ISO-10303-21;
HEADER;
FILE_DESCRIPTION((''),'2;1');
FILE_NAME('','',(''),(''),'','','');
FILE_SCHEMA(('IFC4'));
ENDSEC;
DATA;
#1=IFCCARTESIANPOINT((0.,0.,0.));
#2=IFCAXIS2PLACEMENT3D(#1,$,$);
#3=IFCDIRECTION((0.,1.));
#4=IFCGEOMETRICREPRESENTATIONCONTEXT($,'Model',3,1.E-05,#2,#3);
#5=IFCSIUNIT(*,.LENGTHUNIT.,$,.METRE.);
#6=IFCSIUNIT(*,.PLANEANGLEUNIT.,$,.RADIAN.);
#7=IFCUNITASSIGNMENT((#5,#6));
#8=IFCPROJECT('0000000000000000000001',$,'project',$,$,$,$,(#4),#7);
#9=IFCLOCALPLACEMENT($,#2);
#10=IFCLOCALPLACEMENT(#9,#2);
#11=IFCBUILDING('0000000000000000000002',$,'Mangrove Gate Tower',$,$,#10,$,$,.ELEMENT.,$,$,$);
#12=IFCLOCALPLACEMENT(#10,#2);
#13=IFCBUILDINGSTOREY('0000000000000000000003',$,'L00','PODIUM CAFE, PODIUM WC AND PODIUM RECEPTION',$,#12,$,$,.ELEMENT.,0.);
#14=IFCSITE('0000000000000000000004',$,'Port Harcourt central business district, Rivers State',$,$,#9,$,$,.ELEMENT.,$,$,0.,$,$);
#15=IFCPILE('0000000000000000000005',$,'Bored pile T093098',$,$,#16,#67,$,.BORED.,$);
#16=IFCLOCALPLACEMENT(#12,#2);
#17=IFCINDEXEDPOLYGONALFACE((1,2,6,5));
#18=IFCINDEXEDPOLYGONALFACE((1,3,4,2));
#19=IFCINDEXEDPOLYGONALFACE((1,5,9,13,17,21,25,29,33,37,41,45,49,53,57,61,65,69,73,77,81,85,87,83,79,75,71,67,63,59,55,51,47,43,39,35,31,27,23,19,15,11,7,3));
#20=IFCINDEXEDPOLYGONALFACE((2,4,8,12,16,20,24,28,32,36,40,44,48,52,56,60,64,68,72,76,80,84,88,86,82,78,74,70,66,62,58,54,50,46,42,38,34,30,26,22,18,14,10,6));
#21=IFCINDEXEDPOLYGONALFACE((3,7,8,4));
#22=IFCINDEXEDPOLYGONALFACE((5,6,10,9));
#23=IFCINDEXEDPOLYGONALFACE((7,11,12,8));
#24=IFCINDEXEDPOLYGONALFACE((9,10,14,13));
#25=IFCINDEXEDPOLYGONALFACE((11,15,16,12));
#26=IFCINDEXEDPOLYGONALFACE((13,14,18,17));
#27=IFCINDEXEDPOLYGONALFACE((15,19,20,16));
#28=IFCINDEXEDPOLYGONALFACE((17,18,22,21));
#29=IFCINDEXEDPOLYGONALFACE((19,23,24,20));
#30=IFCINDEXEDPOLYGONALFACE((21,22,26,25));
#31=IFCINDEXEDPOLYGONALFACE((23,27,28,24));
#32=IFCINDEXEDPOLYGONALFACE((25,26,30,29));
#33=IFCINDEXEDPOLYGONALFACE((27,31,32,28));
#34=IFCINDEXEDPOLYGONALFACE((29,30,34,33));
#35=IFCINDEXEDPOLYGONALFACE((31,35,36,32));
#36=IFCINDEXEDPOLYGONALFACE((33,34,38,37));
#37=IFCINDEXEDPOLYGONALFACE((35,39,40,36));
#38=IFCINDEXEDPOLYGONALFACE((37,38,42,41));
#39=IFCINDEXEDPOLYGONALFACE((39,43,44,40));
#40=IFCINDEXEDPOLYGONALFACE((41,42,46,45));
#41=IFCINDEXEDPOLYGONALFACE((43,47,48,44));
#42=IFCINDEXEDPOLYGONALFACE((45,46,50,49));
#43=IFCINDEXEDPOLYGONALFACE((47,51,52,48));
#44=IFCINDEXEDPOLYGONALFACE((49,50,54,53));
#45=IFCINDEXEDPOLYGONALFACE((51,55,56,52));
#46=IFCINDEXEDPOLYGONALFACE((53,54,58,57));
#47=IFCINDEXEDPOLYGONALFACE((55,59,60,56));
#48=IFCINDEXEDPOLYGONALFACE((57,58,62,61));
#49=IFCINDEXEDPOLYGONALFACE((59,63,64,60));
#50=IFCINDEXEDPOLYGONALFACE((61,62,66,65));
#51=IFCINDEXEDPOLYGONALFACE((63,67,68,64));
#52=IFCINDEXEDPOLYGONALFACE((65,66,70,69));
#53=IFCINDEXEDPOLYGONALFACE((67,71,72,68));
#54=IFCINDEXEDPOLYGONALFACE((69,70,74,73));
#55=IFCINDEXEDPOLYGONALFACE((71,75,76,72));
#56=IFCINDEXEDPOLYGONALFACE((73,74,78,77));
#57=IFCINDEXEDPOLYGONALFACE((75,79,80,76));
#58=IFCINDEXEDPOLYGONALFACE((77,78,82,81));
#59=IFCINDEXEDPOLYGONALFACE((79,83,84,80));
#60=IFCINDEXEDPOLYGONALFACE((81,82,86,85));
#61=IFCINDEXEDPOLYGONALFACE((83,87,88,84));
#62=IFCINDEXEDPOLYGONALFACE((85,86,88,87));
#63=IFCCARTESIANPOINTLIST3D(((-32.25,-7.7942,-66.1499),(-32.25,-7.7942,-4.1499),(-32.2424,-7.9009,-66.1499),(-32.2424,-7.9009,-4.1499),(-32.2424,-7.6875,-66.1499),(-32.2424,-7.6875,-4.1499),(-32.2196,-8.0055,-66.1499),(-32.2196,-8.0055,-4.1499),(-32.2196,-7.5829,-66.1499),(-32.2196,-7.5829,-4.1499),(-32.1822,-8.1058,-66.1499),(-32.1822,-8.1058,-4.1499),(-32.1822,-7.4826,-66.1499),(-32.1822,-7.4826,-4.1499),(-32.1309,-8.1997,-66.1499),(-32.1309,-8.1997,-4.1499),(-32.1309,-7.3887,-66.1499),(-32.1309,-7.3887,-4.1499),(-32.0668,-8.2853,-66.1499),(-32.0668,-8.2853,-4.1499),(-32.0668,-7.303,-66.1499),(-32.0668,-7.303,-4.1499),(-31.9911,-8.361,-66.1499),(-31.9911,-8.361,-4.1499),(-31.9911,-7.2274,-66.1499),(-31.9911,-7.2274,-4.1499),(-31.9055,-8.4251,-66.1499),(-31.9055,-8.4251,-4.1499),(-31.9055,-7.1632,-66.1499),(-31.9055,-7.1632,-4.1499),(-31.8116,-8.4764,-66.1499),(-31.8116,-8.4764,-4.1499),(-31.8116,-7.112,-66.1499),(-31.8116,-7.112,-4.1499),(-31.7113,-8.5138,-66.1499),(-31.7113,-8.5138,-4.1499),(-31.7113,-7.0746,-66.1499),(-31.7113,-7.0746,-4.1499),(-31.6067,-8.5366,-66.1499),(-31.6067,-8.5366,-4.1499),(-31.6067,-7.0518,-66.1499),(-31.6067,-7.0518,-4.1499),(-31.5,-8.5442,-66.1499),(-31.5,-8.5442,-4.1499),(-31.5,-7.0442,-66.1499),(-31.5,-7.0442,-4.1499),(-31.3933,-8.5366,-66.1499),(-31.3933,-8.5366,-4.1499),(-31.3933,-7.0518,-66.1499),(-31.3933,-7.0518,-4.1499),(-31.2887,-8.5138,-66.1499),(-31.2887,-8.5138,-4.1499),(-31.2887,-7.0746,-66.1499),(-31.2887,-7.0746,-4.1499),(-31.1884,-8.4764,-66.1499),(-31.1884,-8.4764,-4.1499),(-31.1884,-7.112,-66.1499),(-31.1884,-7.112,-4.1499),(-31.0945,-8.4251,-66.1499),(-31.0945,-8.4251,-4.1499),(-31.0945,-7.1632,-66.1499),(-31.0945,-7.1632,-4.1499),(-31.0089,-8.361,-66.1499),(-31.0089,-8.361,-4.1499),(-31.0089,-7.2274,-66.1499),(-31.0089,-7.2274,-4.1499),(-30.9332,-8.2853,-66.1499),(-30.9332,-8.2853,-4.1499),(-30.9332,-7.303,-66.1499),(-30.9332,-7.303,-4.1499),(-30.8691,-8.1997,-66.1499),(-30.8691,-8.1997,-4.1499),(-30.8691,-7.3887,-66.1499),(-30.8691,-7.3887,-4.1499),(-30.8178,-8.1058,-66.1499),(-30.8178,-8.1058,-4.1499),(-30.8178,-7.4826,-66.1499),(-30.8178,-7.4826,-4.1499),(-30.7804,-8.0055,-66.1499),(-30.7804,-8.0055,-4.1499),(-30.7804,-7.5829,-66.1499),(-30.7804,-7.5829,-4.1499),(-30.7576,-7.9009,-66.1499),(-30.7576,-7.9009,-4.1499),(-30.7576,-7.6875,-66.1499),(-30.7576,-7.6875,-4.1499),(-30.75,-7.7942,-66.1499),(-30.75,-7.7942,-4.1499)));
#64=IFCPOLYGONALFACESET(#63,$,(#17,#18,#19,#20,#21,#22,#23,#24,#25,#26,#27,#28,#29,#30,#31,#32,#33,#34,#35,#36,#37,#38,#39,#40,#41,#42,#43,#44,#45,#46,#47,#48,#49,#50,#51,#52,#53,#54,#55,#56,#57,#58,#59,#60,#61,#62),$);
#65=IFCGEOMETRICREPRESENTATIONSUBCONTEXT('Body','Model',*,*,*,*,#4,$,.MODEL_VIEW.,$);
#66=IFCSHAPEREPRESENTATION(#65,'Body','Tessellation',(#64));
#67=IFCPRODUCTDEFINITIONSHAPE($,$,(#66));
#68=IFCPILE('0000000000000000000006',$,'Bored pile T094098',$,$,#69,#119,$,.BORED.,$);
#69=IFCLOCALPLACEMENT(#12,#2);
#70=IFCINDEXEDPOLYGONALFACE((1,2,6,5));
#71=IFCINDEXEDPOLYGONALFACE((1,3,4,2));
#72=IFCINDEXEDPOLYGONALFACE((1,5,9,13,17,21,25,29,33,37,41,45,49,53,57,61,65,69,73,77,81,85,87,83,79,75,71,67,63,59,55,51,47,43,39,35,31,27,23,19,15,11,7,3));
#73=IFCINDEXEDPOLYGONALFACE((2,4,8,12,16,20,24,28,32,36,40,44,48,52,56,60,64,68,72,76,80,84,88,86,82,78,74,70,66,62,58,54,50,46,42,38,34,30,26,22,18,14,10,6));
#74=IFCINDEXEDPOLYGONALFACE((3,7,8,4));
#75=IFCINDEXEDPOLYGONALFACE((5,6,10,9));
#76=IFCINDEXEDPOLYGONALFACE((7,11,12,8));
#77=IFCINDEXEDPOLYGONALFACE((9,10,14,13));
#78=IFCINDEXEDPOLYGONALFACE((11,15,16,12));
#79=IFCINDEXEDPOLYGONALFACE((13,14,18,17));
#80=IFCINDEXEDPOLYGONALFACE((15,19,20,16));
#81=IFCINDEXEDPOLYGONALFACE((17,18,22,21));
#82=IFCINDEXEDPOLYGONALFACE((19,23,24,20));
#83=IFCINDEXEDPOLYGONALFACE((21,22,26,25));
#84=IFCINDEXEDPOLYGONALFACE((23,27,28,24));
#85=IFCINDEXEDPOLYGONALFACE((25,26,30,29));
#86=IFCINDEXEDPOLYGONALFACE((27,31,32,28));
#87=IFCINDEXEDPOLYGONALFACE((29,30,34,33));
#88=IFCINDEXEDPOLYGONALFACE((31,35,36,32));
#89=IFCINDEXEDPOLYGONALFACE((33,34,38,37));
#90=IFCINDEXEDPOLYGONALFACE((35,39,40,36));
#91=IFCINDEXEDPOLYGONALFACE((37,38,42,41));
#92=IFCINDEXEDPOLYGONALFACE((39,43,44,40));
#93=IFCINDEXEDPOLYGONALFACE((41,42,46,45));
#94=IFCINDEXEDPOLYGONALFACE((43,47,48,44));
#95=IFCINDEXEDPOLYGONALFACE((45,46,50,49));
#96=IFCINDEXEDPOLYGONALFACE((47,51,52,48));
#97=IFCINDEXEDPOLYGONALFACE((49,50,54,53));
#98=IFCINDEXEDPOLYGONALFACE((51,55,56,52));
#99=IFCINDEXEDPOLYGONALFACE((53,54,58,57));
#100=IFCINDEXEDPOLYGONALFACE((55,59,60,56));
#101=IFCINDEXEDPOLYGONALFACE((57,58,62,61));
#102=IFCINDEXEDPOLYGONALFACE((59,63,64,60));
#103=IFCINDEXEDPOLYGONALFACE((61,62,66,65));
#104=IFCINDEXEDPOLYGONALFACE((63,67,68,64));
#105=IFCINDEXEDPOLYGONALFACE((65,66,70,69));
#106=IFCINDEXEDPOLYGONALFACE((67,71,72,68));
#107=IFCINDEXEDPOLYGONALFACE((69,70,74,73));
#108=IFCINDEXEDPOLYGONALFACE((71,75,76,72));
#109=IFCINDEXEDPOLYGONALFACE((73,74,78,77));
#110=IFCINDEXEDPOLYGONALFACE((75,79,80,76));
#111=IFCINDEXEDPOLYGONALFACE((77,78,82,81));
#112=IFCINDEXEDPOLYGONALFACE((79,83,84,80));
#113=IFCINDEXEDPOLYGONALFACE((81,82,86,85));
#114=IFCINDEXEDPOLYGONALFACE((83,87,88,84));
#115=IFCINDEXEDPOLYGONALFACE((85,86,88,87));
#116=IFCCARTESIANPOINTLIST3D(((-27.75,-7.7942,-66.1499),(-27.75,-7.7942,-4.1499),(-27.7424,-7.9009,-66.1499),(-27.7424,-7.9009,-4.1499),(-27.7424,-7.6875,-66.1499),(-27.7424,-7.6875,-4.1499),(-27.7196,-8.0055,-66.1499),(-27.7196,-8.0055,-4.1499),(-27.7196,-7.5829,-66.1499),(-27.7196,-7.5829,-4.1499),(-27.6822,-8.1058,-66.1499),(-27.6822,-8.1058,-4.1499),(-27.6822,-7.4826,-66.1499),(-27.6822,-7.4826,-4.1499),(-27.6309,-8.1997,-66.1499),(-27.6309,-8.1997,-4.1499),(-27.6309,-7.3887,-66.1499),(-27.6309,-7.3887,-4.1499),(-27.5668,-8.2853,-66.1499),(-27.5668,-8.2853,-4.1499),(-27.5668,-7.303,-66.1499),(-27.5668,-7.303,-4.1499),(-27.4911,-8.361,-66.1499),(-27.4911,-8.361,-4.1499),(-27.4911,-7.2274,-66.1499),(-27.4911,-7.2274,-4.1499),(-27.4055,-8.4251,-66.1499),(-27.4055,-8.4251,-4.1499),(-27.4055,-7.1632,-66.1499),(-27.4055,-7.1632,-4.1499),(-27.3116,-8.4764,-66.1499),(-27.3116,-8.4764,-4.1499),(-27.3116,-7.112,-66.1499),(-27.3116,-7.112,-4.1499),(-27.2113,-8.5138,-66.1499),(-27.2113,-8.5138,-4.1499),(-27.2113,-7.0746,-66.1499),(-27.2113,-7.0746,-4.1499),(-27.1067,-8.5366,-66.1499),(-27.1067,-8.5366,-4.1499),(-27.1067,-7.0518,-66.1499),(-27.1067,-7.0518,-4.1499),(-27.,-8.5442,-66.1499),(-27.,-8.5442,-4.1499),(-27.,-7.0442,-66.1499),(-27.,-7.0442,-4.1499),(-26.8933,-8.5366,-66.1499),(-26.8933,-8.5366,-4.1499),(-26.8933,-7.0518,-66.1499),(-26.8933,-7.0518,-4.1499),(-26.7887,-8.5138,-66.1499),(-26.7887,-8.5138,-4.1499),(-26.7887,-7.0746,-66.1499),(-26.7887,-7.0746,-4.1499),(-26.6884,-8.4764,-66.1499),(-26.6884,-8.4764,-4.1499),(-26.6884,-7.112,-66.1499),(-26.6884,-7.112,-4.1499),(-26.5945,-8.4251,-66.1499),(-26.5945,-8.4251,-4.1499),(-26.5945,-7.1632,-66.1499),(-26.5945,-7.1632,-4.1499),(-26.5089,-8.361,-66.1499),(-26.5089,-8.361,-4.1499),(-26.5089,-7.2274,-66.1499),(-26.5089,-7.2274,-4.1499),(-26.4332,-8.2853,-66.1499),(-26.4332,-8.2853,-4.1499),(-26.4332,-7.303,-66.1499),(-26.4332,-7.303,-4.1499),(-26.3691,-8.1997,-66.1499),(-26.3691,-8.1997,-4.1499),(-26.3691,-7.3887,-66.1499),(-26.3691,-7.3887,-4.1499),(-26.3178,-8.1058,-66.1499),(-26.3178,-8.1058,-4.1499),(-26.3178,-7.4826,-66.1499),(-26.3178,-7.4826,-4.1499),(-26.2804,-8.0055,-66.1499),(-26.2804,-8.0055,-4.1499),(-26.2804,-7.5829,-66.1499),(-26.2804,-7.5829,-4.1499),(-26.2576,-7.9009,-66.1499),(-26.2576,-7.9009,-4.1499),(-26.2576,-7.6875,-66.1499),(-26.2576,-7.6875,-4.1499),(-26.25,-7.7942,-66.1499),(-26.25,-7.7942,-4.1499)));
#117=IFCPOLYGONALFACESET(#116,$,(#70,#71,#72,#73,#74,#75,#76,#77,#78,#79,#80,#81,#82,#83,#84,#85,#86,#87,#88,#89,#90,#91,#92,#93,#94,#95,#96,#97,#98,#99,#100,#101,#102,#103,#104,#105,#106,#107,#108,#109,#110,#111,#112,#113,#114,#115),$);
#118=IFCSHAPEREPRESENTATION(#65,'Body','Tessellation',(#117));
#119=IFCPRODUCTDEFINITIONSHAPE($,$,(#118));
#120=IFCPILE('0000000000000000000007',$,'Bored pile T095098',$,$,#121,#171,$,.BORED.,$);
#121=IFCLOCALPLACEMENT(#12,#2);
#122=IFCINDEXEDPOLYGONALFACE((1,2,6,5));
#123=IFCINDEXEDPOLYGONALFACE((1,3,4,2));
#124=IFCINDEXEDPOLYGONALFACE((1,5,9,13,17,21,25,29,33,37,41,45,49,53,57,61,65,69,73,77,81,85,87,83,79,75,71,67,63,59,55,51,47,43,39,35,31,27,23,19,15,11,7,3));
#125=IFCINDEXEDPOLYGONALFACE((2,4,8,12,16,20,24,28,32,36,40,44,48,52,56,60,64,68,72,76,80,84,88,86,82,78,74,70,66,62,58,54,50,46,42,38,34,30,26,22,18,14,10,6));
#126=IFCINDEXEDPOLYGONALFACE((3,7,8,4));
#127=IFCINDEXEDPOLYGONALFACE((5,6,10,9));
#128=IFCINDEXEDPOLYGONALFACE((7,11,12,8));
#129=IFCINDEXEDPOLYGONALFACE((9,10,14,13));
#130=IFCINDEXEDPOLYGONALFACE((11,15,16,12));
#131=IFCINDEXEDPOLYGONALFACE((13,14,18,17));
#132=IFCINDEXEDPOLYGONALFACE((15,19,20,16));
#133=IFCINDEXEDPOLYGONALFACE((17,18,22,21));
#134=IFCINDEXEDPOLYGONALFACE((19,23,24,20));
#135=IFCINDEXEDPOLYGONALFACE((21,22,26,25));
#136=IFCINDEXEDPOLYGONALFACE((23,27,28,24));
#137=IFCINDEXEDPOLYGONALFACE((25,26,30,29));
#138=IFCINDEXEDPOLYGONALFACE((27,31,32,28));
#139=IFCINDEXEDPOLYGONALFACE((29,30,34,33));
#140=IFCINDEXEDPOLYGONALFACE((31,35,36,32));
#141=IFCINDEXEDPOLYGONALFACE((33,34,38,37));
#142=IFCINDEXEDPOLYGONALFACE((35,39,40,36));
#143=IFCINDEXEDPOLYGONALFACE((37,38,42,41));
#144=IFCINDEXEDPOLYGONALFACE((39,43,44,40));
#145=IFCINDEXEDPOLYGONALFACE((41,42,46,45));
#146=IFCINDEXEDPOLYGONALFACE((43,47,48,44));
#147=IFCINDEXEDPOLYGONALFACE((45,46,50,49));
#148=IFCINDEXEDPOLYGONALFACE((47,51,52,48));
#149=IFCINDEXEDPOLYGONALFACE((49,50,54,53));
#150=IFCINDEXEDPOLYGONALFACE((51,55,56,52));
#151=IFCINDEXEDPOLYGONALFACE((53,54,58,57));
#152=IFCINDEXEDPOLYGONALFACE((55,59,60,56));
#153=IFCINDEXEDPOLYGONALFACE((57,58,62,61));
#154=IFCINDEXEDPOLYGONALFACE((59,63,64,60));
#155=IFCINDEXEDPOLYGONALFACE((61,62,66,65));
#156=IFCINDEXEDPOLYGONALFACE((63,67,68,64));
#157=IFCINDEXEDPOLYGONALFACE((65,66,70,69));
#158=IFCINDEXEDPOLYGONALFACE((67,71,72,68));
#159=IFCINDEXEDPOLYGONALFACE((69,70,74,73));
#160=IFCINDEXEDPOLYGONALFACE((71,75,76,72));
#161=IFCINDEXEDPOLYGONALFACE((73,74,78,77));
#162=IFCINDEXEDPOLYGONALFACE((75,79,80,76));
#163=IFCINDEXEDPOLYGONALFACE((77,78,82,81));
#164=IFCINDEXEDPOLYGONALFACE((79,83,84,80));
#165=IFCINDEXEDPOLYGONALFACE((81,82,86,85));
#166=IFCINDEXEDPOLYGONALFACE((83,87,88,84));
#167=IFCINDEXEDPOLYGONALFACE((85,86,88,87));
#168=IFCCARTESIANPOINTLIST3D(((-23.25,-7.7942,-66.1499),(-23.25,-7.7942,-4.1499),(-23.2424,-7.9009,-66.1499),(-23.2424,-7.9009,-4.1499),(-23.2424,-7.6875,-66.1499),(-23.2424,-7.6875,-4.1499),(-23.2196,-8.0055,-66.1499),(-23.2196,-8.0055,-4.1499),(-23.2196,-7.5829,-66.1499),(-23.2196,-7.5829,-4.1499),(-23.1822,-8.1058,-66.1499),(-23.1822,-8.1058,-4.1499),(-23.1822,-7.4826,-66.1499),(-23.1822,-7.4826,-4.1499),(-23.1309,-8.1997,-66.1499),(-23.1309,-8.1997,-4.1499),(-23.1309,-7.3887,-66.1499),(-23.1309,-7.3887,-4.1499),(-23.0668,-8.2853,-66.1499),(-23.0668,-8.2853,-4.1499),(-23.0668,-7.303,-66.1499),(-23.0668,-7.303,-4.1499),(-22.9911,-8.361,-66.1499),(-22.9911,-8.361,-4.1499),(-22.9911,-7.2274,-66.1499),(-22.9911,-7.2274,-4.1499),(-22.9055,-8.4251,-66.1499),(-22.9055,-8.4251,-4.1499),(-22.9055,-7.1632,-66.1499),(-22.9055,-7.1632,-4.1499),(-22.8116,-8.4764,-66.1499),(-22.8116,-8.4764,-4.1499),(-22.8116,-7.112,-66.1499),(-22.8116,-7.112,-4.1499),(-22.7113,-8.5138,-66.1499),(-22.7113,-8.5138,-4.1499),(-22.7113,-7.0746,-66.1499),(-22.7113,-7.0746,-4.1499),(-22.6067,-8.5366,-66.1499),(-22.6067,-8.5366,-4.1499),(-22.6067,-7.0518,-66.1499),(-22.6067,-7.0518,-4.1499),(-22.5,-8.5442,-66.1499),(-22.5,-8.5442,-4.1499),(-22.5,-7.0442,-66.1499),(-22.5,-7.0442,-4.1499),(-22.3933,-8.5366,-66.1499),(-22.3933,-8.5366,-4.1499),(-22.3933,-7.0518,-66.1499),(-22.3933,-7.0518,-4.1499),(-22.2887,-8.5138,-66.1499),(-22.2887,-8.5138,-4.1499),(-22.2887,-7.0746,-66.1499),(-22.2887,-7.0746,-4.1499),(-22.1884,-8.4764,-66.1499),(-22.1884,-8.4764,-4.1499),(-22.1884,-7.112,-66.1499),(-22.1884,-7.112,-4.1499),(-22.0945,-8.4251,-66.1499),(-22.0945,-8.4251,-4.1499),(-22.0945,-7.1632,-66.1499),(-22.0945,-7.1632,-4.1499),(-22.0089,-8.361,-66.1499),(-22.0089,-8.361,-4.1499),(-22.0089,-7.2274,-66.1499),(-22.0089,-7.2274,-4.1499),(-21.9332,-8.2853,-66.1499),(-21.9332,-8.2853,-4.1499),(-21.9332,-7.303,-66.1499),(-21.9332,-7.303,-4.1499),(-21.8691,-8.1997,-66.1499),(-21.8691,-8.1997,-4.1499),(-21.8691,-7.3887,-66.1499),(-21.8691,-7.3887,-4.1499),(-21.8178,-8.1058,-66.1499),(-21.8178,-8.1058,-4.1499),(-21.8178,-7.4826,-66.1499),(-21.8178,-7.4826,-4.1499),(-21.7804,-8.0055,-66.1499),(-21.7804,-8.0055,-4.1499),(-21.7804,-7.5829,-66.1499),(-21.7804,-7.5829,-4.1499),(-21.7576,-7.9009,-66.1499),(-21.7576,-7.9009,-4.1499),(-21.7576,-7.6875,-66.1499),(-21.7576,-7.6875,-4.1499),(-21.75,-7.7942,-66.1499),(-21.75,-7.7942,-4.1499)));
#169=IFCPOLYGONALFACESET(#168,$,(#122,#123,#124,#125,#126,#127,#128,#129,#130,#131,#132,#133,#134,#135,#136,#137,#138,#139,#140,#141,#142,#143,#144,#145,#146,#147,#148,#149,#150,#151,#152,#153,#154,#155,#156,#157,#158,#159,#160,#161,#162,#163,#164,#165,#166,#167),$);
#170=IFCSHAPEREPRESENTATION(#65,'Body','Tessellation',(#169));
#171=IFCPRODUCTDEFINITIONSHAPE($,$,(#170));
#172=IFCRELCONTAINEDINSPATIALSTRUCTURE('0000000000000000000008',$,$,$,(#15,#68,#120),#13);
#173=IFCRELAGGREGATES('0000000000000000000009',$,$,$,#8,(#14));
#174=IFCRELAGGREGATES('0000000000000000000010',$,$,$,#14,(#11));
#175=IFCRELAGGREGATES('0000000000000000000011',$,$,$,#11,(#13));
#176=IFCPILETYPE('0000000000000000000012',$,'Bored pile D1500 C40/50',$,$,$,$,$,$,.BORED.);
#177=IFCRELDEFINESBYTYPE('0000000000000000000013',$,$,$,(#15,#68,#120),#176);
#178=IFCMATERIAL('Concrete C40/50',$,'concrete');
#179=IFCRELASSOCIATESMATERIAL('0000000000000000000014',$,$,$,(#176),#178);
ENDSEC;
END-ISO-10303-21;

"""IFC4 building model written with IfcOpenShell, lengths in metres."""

from ifc_helpers import new_model, si_unit, direction, frame, origin, origin_2d, place, context, subcontext, project, spatial, circle, extrude, material, material_profile, profile_set, type_object, element, save


model = new_model("IFC4")

# Units and contexts
model_context = context("Model", 3, precision=1e-05, world=origin(), true_north=direction((0.0, 1.0)))
body_context = subcontext(model_context, "Body", "Model", "MODEL_VIEW")
ifc_project = project(units=[si_unit("LENGTHUNIT", "METRE"), si_unit("PLANEANGLEUNIT", "RADIAN")], contexts=[model_context])

# Site, building, storey
site_placement = place(None, origin())
site = spatial("IfcSite", under=ifc_project, at=site_placement, Name="Port Harcourt central business district, Rivers State", CompositionType="ELEMENT", RefElevation=0.0)
building_placement = place(site_placement, origin())
building = spatial("IfcBuilding", under=site, at=building_placement, Name="Mangrove Gate Tower", CompositionType="ELEMENT")
storey_placement = place(building_placement, origin())
storey = spatial("IfcBuildingStorey", under=building, at=storey_placement, Name="L00", Description="PODIUM CAFE, PODIUM WC AND PODIUM RECEPTION", CompositionType="ELEMENT", Elevation=0.0)

# Piles
ifc_material_1 = material(Name="Concrete C40/50", Category="concrete")
ifc_material_profile_1 = material_profile(ifc_material_1, circle(Radius=0.75, at=origin_2d()))
ifc_profile_set_1 = profile_set([ifc_material_profile_1], Name="Concrete C40/50")
pile_type = type_object("IfcPileType", Name="Bored pile D1500 C40/50", PredefinedType="BORED", material=ifc_profile_set_1)
for number, where, z_axis, x_axis, name in (
    (1, (-31.5, -7.7942, -4.1499), (0.0, 0.0, -1.0), (1.0, 0.0, 0.0), "Bored pile T093098"),
    (2, (-27.0, -7.7942, -4.1499), (0.0, 0.0, -1.0), (1.0, 0.0, 0.0), "Bored pile T094098"),
    (3, (-22.5, -7.7942, -4.1499), (0.0, 0.0, -1.0), (1.0, 0.0, 0.0), "Bored pile T095098"),
):
    element("IfcPile", number, at=place(storey_placement, frame(where, z_axis=z_axis, x_axis=x_axis)), inside=storey, type_object=pile_type, Name=name, PredefinedType="BORED", context=body_context, shape_type="SweptSolid", body=[
        extrude(circle(Radius=0.75, at=origin_2d()), origin(), (0.0, 0.0, 1.0), 62.0),
    ])

save(model, "model.ifc")
